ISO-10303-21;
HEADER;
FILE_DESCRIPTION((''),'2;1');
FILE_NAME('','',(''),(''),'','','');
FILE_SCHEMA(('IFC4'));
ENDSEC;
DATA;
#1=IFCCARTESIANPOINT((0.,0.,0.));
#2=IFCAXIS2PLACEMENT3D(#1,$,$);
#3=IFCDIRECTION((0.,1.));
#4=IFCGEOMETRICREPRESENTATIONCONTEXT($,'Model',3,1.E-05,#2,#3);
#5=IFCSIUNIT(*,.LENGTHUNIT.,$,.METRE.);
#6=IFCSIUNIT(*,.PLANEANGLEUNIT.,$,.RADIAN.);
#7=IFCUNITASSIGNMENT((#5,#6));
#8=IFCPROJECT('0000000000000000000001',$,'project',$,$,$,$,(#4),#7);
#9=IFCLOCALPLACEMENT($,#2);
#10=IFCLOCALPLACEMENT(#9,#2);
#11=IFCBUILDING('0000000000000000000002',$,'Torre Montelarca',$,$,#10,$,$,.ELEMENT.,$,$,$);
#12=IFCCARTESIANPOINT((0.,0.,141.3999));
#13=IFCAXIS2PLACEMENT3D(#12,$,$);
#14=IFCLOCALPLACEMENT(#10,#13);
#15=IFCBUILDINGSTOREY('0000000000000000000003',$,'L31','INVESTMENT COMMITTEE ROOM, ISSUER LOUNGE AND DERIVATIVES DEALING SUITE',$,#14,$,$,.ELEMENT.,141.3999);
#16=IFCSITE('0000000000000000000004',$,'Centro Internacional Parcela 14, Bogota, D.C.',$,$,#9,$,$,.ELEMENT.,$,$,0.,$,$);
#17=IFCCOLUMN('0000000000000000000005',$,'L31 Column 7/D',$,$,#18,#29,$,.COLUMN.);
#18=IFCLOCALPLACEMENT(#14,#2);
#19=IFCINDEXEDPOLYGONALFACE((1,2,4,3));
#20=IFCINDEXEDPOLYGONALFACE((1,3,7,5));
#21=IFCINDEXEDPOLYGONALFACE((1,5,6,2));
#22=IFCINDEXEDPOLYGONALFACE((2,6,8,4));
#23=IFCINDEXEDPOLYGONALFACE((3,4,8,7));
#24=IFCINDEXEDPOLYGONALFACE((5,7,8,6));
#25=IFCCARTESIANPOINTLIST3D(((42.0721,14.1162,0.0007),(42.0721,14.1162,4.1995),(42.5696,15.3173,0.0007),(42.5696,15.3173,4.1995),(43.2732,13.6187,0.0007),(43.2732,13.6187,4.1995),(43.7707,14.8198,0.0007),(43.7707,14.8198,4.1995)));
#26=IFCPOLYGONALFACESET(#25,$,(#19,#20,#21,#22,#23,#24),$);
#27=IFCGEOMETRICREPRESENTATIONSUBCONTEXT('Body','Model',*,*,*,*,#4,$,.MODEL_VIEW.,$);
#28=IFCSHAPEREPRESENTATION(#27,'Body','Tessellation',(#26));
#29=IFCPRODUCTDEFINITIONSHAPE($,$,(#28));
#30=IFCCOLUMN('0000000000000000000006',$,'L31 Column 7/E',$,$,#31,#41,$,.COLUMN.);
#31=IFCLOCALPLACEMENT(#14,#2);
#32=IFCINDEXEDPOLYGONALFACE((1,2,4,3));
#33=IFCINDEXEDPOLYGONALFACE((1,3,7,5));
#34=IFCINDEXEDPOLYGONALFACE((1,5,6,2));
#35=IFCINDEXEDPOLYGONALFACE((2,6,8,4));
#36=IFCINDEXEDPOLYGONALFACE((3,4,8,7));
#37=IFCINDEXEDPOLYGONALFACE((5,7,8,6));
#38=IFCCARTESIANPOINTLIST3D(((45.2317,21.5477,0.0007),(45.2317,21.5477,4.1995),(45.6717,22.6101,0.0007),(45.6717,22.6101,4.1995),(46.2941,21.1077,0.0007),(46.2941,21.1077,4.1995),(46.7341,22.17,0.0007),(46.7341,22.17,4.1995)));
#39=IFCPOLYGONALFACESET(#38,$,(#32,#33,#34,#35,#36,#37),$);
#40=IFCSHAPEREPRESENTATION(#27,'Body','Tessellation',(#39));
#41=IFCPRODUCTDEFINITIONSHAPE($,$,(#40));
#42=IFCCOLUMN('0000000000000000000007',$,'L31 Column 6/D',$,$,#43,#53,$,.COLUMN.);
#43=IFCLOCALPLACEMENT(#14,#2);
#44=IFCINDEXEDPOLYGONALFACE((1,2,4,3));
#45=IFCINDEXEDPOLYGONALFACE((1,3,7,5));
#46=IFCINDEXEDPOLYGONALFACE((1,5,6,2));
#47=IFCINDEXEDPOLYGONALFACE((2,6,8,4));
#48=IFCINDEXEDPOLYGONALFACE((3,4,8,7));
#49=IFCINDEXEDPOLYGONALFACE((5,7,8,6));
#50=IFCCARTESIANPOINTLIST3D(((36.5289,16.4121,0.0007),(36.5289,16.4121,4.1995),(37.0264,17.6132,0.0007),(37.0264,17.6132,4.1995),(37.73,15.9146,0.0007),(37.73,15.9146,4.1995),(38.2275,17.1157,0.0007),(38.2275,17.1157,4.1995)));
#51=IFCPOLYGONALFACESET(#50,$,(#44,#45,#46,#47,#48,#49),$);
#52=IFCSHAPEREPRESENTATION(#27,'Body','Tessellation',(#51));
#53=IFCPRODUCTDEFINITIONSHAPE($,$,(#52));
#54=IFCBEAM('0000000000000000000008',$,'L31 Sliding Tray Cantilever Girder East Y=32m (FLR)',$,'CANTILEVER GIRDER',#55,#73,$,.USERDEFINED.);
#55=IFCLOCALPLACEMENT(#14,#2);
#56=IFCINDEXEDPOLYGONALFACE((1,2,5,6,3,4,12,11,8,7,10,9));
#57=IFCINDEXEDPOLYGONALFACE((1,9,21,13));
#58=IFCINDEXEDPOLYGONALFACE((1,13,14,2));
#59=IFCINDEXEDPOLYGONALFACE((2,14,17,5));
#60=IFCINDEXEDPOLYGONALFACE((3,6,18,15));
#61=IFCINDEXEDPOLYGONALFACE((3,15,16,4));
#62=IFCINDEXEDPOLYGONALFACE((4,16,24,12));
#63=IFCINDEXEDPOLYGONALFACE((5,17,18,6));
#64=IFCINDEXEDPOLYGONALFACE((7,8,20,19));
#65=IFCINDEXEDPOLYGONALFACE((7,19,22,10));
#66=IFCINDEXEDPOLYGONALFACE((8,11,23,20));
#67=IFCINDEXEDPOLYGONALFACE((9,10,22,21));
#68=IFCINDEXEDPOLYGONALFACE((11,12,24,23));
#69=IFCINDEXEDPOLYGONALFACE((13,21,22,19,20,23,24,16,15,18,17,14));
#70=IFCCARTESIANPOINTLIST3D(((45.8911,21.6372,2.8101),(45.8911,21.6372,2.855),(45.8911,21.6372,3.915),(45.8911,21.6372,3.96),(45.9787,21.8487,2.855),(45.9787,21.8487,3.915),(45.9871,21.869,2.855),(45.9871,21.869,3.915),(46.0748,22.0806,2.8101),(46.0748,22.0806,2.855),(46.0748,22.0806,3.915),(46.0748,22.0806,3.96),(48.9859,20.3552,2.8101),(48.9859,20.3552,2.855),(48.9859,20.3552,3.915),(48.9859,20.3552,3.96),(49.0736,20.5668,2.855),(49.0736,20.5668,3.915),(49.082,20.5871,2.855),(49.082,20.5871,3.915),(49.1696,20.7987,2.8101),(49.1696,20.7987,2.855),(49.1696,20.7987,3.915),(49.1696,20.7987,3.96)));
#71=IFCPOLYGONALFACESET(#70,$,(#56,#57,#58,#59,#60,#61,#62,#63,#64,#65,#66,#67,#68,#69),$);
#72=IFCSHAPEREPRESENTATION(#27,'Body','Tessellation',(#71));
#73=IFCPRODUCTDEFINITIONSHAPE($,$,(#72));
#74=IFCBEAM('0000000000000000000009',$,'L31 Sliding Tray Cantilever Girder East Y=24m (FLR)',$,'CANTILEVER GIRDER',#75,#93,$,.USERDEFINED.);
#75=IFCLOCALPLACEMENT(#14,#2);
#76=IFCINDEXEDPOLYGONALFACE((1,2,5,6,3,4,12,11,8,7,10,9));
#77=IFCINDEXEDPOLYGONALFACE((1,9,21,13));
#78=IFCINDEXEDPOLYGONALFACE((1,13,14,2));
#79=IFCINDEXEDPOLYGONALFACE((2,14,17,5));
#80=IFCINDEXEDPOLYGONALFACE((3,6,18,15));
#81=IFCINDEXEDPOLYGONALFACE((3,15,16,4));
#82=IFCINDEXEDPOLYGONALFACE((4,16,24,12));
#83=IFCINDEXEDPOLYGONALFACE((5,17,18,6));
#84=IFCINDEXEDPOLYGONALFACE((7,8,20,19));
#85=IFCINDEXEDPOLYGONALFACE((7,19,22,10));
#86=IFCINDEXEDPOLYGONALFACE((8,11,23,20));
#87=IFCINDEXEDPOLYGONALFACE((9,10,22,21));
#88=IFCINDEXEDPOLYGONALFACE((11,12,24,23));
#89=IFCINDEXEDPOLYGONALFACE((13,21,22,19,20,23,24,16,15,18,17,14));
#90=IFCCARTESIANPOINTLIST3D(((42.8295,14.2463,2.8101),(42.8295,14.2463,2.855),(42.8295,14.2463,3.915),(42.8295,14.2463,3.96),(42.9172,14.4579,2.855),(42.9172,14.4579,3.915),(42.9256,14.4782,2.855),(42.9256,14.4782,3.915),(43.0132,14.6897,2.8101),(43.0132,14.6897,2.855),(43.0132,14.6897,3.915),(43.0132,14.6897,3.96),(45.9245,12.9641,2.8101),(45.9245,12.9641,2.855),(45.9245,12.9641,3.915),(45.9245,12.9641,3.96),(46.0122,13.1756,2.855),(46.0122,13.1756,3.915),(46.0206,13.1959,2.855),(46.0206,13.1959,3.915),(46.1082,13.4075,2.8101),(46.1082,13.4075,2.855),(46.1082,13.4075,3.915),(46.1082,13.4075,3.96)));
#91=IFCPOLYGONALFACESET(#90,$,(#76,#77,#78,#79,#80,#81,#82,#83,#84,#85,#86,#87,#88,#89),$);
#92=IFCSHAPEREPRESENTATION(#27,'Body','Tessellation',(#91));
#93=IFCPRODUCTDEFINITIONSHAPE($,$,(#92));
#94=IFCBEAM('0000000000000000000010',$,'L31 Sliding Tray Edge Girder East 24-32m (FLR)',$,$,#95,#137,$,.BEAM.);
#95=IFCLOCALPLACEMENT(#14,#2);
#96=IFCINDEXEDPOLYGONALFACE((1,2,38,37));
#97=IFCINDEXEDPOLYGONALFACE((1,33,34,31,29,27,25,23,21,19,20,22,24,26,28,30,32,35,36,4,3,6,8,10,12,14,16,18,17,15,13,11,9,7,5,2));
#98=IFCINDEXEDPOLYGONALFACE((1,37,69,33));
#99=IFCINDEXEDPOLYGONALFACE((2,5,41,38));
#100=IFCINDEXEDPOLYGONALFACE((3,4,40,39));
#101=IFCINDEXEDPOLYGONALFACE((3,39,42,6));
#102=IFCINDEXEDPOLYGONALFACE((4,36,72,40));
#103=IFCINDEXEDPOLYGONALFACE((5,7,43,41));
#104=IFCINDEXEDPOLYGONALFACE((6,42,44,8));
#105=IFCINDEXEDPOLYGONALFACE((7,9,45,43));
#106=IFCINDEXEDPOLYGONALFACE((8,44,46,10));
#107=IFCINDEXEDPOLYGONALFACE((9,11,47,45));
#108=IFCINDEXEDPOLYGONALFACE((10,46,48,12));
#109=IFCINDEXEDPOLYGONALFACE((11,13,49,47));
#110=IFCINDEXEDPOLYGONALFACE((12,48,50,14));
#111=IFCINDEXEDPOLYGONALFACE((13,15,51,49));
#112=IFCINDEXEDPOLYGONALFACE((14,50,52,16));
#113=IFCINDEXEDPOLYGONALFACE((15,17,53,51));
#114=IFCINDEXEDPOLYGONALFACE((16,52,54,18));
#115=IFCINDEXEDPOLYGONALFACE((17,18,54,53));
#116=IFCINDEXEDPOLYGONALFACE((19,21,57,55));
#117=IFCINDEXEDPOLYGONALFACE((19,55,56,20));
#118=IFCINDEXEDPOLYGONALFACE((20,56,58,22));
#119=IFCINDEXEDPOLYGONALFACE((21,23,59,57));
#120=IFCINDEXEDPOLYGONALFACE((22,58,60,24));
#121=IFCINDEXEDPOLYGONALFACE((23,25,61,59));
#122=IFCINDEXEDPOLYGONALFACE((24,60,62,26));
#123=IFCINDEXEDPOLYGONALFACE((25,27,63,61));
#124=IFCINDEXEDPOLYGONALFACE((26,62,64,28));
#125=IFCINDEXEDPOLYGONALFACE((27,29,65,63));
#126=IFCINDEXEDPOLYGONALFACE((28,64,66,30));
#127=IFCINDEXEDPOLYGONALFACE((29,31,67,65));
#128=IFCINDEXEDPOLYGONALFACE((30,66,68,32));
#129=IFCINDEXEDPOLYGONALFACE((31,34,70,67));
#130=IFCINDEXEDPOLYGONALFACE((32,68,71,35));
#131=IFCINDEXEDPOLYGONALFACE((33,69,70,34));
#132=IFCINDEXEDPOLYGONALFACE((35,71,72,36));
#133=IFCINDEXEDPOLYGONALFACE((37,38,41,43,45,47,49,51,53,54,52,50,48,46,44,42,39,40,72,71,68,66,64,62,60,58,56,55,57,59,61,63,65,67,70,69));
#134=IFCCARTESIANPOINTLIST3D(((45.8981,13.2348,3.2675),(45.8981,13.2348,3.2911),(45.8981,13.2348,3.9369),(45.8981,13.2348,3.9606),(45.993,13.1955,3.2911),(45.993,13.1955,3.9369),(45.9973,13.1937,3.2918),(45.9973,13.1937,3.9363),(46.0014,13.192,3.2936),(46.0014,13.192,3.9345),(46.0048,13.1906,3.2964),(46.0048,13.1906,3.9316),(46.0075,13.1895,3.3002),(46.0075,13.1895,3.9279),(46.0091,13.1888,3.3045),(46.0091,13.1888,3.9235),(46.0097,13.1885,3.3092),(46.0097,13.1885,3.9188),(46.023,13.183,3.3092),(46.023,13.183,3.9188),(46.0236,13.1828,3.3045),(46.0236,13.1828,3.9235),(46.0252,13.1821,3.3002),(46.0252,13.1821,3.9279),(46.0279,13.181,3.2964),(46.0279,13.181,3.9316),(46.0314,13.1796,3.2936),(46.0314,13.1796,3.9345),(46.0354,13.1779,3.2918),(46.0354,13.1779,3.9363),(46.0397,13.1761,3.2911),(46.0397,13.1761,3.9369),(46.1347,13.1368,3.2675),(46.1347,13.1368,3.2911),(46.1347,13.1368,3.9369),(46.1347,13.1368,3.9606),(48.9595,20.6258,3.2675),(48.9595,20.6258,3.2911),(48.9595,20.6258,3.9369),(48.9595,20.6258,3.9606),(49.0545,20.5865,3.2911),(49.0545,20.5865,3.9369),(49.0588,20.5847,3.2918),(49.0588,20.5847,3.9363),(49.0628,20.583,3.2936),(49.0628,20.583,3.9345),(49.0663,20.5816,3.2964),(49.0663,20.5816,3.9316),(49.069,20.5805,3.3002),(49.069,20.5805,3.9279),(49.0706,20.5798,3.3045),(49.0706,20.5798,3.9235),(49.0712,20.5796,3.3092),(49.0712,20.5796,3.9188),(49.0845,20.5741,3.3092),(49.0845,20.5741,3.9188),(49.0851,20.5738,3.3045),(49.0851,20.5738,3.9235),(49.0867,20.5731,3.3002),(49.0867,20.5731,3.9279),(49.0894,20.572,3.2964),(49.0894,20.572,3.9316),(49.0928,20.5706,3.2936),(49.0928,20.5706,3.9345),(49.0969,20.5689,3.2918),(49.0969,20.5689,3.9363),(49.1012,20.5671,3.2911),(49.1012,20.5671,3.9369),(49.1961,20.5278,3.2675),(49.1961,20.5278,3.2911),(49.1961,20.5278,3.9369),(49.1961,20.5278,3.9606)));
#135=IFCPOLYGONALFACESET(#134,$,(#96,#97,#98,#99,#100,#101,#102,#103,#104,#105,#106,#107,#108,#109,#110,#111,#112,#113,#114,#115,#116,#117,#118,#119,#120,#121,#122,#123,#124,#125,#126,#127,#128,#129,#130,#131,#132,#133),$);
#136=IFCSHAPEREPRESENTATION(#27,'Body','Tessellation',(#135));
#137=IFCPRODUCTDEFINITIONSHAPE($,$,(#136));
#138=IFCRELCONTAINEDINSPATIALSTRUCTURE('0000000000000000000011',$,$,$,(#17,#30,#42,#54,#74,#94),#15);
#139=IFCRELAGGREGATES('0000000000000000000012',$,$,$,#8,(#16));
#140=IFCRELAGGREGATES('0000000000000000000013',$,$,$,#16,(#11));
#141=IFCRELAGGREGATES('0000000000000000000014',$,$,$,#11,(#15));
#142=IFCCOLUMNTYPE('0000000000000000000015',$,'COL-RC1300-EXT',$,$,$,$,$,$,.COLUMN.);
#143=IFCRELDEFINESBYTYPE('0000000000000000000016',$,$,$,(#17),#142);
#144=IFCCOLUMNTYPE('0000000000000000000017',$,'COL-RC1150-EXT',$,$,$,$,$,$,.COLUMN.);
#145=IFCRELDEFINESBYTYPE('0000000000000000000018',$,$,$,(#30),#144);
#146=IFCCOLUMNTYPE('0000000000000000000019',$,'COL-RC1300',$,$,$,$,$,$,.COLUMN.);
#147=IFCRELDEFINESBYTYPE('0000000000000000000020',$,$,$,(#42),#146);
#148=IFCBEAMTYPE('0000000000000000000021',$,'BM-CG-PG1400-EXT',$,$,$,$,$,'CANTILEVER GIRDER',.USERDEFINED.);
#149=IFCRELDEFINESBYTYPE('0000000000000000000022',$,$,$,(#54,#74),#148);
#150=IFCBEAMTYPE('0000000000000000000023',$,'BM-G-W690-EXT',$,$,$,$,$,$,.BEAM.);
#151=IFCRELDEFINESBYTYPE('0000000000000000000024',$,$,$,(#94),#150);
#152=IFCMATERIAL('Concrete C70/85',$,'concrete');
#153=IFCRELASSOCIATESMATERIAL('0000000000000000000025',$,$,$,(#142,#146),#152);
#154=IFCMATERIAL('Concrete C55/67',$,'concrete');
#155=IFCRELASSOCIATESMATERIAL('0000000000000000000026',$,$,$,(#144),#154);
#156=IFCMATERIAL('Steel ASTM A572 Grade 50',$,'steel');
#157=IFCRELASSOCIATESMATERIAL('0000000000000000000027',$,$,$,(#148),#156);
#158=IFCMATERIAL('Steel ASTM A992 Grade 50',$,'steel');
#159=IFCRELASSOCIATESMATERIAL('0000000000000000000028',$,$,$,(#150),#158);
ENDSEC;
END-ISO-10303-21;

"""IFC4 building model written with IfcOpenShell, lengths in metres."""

from ifc_helpers import new_model, si_unit, direction, frame, origin, origin_2d, place, context, subcontext, project, spatial, rectangle, i_section, extrude, source, transform, mapped, material, material_profile, profile_set, type_object, element, save


model = new_model("IFC4")

# Units and contexts
model_context = context("Model", 3, precision=1e-05, world=origin(), true_north=direction((0.0, 1.0)))
body_context = subcontext(model_context, "Body", "Model", "MODEL_VIEW")
ifc_project = project(units=[si_unit("LENGTHUNIT", "METRE"), si_unit("PLANEANGLEUNIT", "RADIAN")], contexts=[model_context])

# Site, building, storey
site_placement = place(None, origin())
site = spatial("IfcSite", under=ifc_project, at=site_placement, Name="Centro Internacional Parcela 14, Bogota, D.C.", CompositionType="ELEMENT", RefElevation=0.0)
building_placement = place(site_placement, origin())
building = spatial("IfcBuilding", under=site, at=building_placement, Name="Torre Montelarca", CompositionType="ELEMENT")
storey_placement = place(building_placement, frame((0.0, 0.0, 141.3999)))
storey = spatial("IfcBuildingStorey", under=building, at=storey_placement, Name="L31", Description="INVESTMENT COMMITTEE ROOM, ISSUER LOUNGE AND DERIVATIVES DEALING SUITE", CompositionType="ELEMENT", Elevation=141.3999)

# Columns
ifc_material_1 = material(Name="Concrete C70/85", Category="concrete")
ifc_material_profile_1 = material_profile(ifc_material_1, rectangle(XDim=1.3, YDim=1.3, at=origin_2d()), Name="RC1300X1300", Category="concrete")
ifc_profile_set_1 = profile_set([ifc_material_profile_1], Name="Concrete C70/85")
column_type_1 = type_object("IfcColumnType", Name="COL-RC1300-EXT", PredefinedType="COLUMN", material=ifc_profile_set_1)
shared_shape_1 = source(origin(), body_context, "Body", "SweptSolid", [
    extrude(rectangle(XDim=1.3, YDim=1.3, at=origin_2d()), origin(), (0.0, 0.0, 1.0), 4.1987),
])
column_1_placement = place(storey_placement, frame((42.9214, 14.468, 0.0007), z_axis=(0.0, 0.0, 1.0), x_axis=(-0.92388, 0.382683, 0.0)))
element("IfcColumn", 1, at=column_1_placement, inside=storey, type_object=column_type_1, Name="L31 Column 7/D", PredefinedType="COLUMN", context=body_context, shape_type="MappedRepresentation", body=[
    mapped(shared_shape_1, transform((0.0, 0.0, 0.0), scale=1.0)),
])
ifc_material_2 = material(Name="Concrete C55/67", Category="concrete")
ifc_material_profile_2 = material_profile(ifc_material_2, rectangle(XDim=1.1499, YDim=1.1499, at=origin_2d()), Name="RC1150X1150", Category="concrete")
ifc_profile_set_2 = profile_set([ifc_material_profile_2], Name="Concrete C55/67")
column_type_2 = type_object("IfcColumnType", Name="COL-RC1150-EXT", PredefinedType="COLUMN", material=ifc_profile_set_2)
shared_shape_2 = source(origin(), body_context, "Body", "SweptSolid", [
    extrude(rectangle(XDim=1.1499, YDim=1.1499, at=origin_2d()), origin(), (0.0, 0.0, 1.0), 4.1987),
])
column_2_placement = place(storey_placement, frame((45.9829, 21.8589, 0.0007), z_axis=(0.0, 0.0, 1.0), x_axis=(-0.92388, 0.382683, 0.0)))
element("IfcColumn", 2, at=column_2_placement, inside=storey, type_object=column_type_2, Name="L31 Column 7/E", PredefinedType="COLUMN", context=body_context, shape_type="MappedRepresentation", body=[
    mapped(shared_shape_2, transform((0.0, 0.0, 0.0), scale=1.0)),
])
ifc_material_profile_3 = material_profile(ifc_material_1, rectangle(XDim=1.3, YDim=1.3, at=origin_2d()), Name="RC1300X1300", Category="concrete")
ifc_profile_set_3 = profile_set([ifc_material_profile_3], Name="Concrete C70/85")
column_type_3 = type_object("IfcColumnType", Name="COL-RC1300", PredefinedType="COLUMN", material=ifc_profile_set_3)
shared_shape_3 = source(origin(), body_context, "Body", "SweptSolid", [
    extrude(rectangle(XDim=1.3, YDim=1.3, at=origin_2d()), origin(), (0.0, 0.0, 1.0), 4.1987),
])
column_3_placement = place(storey_placement, frame((37.3782, 16.7639, 0.0007), z_axis=(0.0, 0.0, 1.0), x_axis=(-0.92388, 0.382683, 0.0)))
element("IfcColumn", 3, at=column_3_placement, inside=storey, type_object=column_type_3, Name="L31 Column 6/D", PredefinedType="COLUMN", context=body_context, shape_type="MappedRepresentation", body=[
    mapped(shared_shape_3, transform((0.0, 0.0, 0.0), scale=1.0)),
])

# Beams
ifc_material_3 = material(Name="Steel ASTM A572 Grade 50", Category="steel")
ifc_material_profile_4 = material_profile(ifc_material_3, i_section(OverallWidth=0.48, OverallDepth=1.1499, WebThickness=0.022, FlangeThickness=0.0449, at=origin_2d()), Name="PG1150X480X22X45", Category="steel")
ifc_profile_set_4 = profile_set([ifc_material_profile_4], Name="Steel ASTM A572 Grade 50")
beam_type_1 = type_object("IfcBeamType", Name="BM-CG-PG1400-EXT", ElementType="CANTILEVER GIRDER", PredefinedType="USERDEFINED", material=ifc_profile_set_4)
shared_shape_4 = source(origin(), body_context, "Body", "SweptSolid", [
    extrude(i_section(OverallWidth=0.48, OverallDepth=1.1499, WebThickness=0.022, FlangeThickness=0.0449, at=origin_2d()), origin(), (0.0, 0.0, 1.0), 3.3499),
])
beam_1_placement = place(storey_placement, frame((45.9829, 21.8589, 3.385), z_axis=(0.923879, -0.382684, 0.0), x_axis=(0.382684, 0.923879, 0.0)))
element("IfcBeam", 4, at=beam_1_placement, inside=storey, type_object=beam_type_1, Name="L31 Sliding Tray Cantilever Girder East Y=32m (FLR)", ObjectType="CANTILEVER GIRDER", PredefinedType="USERDEFINED", context=body_context, shape_type="MappedRepresentation", body=[
    mapped(shared_shape_4, transform((0.0, 0.0, 0.0), scale=1.0)),
])
shared_shape_5 = source(origin(), body_context, "Body", "SweptSolid", [
    extrude(i_section(OverallWidth=0.48, OverallDepth=1.1499, WebThickness=0.022, FlangeThickness=0.0449, at=origin_2d()), origin(), (0.0, 0.0, 1.0), 3.3501),
])
beam_2_placement = place(storey_placement, frame((42.9214, 14.468, 3.385), z_axis=(0.923853, -0.382747, 0.0), x_axis=(0.382747, 0.923853, 0.0)))
element("IfcBeam", 5, at=beam_2_placement, inside=storey, type_object=beam_type_1, Name="L31 Sliding Tray Cantilever Girder East Y=24m (FLR)", ObjectType="CANTILEVER GIRDER", PredefinedType="USERDEFINED", context=body_context, shape_type="MappedRepresentation", body=[
    mapped(shared_shape_5, transform((0.0, 0.0, 0.0), scale=1.0)),
])
ifc_material_4 = material(Name="Steel ASTM A992 Grade 50", Category="steel")
ifc_material_profile_5 = material_profile(ifc_material_4, i_section(OverallWidth=0.2561, OverallDepth=0.6931, WebThickness=0.0144, FlangeThickness=0.0237, FilletRadius=0.0181, at=origin_2d()), Name="W690X170", Category="steel")
ifc_profile_set_5 = profile_set([ifc_material_profile_5], Name="Steel ASTM A992 Grade 50")
beam_type_2 = type_object("IfcBeamType", Name="BM-G-W690-EXT", PredefinedType="BEAM", material=ifc_profile_set_5)
shared_shape_6 = source(origin(), body_context, "Body", "SweptSolid", [
    extrude(i_section(OverallWidth=0.2561, OverallDepth=0.6931, WebThickness=0.0144, FlangeThickness=0.0237, FilletRadius=0.0181, at=origin_2d()), origin(), (0.0, 0.0, 1.0), 8.0),
])
for number, where, z_axis, x_axis, name in (
    (6, (46.0164, 13.1858, 3.614), (0.382686, 0.923878, 0.0), (-0.923878, 0.382686, 0.0), "L31 Sliding Tray Edge Girder East 24-32m (FLR)"),
):
    element("IfcBeam", number, at=place(storey_placement, frame(where, z_axis=z_axis, x_axis=x_axis)), inside=storey, type_object=beam_type_2, Name=name, PredefinedType="BEAM", context=body_context, shape_type="MappedRepresentation", body=[
        mapped(shared_shape_6, transform((0.0, 0.0, 0.0), scale=1.0)),
    ])

save(model, "model.ifc")
